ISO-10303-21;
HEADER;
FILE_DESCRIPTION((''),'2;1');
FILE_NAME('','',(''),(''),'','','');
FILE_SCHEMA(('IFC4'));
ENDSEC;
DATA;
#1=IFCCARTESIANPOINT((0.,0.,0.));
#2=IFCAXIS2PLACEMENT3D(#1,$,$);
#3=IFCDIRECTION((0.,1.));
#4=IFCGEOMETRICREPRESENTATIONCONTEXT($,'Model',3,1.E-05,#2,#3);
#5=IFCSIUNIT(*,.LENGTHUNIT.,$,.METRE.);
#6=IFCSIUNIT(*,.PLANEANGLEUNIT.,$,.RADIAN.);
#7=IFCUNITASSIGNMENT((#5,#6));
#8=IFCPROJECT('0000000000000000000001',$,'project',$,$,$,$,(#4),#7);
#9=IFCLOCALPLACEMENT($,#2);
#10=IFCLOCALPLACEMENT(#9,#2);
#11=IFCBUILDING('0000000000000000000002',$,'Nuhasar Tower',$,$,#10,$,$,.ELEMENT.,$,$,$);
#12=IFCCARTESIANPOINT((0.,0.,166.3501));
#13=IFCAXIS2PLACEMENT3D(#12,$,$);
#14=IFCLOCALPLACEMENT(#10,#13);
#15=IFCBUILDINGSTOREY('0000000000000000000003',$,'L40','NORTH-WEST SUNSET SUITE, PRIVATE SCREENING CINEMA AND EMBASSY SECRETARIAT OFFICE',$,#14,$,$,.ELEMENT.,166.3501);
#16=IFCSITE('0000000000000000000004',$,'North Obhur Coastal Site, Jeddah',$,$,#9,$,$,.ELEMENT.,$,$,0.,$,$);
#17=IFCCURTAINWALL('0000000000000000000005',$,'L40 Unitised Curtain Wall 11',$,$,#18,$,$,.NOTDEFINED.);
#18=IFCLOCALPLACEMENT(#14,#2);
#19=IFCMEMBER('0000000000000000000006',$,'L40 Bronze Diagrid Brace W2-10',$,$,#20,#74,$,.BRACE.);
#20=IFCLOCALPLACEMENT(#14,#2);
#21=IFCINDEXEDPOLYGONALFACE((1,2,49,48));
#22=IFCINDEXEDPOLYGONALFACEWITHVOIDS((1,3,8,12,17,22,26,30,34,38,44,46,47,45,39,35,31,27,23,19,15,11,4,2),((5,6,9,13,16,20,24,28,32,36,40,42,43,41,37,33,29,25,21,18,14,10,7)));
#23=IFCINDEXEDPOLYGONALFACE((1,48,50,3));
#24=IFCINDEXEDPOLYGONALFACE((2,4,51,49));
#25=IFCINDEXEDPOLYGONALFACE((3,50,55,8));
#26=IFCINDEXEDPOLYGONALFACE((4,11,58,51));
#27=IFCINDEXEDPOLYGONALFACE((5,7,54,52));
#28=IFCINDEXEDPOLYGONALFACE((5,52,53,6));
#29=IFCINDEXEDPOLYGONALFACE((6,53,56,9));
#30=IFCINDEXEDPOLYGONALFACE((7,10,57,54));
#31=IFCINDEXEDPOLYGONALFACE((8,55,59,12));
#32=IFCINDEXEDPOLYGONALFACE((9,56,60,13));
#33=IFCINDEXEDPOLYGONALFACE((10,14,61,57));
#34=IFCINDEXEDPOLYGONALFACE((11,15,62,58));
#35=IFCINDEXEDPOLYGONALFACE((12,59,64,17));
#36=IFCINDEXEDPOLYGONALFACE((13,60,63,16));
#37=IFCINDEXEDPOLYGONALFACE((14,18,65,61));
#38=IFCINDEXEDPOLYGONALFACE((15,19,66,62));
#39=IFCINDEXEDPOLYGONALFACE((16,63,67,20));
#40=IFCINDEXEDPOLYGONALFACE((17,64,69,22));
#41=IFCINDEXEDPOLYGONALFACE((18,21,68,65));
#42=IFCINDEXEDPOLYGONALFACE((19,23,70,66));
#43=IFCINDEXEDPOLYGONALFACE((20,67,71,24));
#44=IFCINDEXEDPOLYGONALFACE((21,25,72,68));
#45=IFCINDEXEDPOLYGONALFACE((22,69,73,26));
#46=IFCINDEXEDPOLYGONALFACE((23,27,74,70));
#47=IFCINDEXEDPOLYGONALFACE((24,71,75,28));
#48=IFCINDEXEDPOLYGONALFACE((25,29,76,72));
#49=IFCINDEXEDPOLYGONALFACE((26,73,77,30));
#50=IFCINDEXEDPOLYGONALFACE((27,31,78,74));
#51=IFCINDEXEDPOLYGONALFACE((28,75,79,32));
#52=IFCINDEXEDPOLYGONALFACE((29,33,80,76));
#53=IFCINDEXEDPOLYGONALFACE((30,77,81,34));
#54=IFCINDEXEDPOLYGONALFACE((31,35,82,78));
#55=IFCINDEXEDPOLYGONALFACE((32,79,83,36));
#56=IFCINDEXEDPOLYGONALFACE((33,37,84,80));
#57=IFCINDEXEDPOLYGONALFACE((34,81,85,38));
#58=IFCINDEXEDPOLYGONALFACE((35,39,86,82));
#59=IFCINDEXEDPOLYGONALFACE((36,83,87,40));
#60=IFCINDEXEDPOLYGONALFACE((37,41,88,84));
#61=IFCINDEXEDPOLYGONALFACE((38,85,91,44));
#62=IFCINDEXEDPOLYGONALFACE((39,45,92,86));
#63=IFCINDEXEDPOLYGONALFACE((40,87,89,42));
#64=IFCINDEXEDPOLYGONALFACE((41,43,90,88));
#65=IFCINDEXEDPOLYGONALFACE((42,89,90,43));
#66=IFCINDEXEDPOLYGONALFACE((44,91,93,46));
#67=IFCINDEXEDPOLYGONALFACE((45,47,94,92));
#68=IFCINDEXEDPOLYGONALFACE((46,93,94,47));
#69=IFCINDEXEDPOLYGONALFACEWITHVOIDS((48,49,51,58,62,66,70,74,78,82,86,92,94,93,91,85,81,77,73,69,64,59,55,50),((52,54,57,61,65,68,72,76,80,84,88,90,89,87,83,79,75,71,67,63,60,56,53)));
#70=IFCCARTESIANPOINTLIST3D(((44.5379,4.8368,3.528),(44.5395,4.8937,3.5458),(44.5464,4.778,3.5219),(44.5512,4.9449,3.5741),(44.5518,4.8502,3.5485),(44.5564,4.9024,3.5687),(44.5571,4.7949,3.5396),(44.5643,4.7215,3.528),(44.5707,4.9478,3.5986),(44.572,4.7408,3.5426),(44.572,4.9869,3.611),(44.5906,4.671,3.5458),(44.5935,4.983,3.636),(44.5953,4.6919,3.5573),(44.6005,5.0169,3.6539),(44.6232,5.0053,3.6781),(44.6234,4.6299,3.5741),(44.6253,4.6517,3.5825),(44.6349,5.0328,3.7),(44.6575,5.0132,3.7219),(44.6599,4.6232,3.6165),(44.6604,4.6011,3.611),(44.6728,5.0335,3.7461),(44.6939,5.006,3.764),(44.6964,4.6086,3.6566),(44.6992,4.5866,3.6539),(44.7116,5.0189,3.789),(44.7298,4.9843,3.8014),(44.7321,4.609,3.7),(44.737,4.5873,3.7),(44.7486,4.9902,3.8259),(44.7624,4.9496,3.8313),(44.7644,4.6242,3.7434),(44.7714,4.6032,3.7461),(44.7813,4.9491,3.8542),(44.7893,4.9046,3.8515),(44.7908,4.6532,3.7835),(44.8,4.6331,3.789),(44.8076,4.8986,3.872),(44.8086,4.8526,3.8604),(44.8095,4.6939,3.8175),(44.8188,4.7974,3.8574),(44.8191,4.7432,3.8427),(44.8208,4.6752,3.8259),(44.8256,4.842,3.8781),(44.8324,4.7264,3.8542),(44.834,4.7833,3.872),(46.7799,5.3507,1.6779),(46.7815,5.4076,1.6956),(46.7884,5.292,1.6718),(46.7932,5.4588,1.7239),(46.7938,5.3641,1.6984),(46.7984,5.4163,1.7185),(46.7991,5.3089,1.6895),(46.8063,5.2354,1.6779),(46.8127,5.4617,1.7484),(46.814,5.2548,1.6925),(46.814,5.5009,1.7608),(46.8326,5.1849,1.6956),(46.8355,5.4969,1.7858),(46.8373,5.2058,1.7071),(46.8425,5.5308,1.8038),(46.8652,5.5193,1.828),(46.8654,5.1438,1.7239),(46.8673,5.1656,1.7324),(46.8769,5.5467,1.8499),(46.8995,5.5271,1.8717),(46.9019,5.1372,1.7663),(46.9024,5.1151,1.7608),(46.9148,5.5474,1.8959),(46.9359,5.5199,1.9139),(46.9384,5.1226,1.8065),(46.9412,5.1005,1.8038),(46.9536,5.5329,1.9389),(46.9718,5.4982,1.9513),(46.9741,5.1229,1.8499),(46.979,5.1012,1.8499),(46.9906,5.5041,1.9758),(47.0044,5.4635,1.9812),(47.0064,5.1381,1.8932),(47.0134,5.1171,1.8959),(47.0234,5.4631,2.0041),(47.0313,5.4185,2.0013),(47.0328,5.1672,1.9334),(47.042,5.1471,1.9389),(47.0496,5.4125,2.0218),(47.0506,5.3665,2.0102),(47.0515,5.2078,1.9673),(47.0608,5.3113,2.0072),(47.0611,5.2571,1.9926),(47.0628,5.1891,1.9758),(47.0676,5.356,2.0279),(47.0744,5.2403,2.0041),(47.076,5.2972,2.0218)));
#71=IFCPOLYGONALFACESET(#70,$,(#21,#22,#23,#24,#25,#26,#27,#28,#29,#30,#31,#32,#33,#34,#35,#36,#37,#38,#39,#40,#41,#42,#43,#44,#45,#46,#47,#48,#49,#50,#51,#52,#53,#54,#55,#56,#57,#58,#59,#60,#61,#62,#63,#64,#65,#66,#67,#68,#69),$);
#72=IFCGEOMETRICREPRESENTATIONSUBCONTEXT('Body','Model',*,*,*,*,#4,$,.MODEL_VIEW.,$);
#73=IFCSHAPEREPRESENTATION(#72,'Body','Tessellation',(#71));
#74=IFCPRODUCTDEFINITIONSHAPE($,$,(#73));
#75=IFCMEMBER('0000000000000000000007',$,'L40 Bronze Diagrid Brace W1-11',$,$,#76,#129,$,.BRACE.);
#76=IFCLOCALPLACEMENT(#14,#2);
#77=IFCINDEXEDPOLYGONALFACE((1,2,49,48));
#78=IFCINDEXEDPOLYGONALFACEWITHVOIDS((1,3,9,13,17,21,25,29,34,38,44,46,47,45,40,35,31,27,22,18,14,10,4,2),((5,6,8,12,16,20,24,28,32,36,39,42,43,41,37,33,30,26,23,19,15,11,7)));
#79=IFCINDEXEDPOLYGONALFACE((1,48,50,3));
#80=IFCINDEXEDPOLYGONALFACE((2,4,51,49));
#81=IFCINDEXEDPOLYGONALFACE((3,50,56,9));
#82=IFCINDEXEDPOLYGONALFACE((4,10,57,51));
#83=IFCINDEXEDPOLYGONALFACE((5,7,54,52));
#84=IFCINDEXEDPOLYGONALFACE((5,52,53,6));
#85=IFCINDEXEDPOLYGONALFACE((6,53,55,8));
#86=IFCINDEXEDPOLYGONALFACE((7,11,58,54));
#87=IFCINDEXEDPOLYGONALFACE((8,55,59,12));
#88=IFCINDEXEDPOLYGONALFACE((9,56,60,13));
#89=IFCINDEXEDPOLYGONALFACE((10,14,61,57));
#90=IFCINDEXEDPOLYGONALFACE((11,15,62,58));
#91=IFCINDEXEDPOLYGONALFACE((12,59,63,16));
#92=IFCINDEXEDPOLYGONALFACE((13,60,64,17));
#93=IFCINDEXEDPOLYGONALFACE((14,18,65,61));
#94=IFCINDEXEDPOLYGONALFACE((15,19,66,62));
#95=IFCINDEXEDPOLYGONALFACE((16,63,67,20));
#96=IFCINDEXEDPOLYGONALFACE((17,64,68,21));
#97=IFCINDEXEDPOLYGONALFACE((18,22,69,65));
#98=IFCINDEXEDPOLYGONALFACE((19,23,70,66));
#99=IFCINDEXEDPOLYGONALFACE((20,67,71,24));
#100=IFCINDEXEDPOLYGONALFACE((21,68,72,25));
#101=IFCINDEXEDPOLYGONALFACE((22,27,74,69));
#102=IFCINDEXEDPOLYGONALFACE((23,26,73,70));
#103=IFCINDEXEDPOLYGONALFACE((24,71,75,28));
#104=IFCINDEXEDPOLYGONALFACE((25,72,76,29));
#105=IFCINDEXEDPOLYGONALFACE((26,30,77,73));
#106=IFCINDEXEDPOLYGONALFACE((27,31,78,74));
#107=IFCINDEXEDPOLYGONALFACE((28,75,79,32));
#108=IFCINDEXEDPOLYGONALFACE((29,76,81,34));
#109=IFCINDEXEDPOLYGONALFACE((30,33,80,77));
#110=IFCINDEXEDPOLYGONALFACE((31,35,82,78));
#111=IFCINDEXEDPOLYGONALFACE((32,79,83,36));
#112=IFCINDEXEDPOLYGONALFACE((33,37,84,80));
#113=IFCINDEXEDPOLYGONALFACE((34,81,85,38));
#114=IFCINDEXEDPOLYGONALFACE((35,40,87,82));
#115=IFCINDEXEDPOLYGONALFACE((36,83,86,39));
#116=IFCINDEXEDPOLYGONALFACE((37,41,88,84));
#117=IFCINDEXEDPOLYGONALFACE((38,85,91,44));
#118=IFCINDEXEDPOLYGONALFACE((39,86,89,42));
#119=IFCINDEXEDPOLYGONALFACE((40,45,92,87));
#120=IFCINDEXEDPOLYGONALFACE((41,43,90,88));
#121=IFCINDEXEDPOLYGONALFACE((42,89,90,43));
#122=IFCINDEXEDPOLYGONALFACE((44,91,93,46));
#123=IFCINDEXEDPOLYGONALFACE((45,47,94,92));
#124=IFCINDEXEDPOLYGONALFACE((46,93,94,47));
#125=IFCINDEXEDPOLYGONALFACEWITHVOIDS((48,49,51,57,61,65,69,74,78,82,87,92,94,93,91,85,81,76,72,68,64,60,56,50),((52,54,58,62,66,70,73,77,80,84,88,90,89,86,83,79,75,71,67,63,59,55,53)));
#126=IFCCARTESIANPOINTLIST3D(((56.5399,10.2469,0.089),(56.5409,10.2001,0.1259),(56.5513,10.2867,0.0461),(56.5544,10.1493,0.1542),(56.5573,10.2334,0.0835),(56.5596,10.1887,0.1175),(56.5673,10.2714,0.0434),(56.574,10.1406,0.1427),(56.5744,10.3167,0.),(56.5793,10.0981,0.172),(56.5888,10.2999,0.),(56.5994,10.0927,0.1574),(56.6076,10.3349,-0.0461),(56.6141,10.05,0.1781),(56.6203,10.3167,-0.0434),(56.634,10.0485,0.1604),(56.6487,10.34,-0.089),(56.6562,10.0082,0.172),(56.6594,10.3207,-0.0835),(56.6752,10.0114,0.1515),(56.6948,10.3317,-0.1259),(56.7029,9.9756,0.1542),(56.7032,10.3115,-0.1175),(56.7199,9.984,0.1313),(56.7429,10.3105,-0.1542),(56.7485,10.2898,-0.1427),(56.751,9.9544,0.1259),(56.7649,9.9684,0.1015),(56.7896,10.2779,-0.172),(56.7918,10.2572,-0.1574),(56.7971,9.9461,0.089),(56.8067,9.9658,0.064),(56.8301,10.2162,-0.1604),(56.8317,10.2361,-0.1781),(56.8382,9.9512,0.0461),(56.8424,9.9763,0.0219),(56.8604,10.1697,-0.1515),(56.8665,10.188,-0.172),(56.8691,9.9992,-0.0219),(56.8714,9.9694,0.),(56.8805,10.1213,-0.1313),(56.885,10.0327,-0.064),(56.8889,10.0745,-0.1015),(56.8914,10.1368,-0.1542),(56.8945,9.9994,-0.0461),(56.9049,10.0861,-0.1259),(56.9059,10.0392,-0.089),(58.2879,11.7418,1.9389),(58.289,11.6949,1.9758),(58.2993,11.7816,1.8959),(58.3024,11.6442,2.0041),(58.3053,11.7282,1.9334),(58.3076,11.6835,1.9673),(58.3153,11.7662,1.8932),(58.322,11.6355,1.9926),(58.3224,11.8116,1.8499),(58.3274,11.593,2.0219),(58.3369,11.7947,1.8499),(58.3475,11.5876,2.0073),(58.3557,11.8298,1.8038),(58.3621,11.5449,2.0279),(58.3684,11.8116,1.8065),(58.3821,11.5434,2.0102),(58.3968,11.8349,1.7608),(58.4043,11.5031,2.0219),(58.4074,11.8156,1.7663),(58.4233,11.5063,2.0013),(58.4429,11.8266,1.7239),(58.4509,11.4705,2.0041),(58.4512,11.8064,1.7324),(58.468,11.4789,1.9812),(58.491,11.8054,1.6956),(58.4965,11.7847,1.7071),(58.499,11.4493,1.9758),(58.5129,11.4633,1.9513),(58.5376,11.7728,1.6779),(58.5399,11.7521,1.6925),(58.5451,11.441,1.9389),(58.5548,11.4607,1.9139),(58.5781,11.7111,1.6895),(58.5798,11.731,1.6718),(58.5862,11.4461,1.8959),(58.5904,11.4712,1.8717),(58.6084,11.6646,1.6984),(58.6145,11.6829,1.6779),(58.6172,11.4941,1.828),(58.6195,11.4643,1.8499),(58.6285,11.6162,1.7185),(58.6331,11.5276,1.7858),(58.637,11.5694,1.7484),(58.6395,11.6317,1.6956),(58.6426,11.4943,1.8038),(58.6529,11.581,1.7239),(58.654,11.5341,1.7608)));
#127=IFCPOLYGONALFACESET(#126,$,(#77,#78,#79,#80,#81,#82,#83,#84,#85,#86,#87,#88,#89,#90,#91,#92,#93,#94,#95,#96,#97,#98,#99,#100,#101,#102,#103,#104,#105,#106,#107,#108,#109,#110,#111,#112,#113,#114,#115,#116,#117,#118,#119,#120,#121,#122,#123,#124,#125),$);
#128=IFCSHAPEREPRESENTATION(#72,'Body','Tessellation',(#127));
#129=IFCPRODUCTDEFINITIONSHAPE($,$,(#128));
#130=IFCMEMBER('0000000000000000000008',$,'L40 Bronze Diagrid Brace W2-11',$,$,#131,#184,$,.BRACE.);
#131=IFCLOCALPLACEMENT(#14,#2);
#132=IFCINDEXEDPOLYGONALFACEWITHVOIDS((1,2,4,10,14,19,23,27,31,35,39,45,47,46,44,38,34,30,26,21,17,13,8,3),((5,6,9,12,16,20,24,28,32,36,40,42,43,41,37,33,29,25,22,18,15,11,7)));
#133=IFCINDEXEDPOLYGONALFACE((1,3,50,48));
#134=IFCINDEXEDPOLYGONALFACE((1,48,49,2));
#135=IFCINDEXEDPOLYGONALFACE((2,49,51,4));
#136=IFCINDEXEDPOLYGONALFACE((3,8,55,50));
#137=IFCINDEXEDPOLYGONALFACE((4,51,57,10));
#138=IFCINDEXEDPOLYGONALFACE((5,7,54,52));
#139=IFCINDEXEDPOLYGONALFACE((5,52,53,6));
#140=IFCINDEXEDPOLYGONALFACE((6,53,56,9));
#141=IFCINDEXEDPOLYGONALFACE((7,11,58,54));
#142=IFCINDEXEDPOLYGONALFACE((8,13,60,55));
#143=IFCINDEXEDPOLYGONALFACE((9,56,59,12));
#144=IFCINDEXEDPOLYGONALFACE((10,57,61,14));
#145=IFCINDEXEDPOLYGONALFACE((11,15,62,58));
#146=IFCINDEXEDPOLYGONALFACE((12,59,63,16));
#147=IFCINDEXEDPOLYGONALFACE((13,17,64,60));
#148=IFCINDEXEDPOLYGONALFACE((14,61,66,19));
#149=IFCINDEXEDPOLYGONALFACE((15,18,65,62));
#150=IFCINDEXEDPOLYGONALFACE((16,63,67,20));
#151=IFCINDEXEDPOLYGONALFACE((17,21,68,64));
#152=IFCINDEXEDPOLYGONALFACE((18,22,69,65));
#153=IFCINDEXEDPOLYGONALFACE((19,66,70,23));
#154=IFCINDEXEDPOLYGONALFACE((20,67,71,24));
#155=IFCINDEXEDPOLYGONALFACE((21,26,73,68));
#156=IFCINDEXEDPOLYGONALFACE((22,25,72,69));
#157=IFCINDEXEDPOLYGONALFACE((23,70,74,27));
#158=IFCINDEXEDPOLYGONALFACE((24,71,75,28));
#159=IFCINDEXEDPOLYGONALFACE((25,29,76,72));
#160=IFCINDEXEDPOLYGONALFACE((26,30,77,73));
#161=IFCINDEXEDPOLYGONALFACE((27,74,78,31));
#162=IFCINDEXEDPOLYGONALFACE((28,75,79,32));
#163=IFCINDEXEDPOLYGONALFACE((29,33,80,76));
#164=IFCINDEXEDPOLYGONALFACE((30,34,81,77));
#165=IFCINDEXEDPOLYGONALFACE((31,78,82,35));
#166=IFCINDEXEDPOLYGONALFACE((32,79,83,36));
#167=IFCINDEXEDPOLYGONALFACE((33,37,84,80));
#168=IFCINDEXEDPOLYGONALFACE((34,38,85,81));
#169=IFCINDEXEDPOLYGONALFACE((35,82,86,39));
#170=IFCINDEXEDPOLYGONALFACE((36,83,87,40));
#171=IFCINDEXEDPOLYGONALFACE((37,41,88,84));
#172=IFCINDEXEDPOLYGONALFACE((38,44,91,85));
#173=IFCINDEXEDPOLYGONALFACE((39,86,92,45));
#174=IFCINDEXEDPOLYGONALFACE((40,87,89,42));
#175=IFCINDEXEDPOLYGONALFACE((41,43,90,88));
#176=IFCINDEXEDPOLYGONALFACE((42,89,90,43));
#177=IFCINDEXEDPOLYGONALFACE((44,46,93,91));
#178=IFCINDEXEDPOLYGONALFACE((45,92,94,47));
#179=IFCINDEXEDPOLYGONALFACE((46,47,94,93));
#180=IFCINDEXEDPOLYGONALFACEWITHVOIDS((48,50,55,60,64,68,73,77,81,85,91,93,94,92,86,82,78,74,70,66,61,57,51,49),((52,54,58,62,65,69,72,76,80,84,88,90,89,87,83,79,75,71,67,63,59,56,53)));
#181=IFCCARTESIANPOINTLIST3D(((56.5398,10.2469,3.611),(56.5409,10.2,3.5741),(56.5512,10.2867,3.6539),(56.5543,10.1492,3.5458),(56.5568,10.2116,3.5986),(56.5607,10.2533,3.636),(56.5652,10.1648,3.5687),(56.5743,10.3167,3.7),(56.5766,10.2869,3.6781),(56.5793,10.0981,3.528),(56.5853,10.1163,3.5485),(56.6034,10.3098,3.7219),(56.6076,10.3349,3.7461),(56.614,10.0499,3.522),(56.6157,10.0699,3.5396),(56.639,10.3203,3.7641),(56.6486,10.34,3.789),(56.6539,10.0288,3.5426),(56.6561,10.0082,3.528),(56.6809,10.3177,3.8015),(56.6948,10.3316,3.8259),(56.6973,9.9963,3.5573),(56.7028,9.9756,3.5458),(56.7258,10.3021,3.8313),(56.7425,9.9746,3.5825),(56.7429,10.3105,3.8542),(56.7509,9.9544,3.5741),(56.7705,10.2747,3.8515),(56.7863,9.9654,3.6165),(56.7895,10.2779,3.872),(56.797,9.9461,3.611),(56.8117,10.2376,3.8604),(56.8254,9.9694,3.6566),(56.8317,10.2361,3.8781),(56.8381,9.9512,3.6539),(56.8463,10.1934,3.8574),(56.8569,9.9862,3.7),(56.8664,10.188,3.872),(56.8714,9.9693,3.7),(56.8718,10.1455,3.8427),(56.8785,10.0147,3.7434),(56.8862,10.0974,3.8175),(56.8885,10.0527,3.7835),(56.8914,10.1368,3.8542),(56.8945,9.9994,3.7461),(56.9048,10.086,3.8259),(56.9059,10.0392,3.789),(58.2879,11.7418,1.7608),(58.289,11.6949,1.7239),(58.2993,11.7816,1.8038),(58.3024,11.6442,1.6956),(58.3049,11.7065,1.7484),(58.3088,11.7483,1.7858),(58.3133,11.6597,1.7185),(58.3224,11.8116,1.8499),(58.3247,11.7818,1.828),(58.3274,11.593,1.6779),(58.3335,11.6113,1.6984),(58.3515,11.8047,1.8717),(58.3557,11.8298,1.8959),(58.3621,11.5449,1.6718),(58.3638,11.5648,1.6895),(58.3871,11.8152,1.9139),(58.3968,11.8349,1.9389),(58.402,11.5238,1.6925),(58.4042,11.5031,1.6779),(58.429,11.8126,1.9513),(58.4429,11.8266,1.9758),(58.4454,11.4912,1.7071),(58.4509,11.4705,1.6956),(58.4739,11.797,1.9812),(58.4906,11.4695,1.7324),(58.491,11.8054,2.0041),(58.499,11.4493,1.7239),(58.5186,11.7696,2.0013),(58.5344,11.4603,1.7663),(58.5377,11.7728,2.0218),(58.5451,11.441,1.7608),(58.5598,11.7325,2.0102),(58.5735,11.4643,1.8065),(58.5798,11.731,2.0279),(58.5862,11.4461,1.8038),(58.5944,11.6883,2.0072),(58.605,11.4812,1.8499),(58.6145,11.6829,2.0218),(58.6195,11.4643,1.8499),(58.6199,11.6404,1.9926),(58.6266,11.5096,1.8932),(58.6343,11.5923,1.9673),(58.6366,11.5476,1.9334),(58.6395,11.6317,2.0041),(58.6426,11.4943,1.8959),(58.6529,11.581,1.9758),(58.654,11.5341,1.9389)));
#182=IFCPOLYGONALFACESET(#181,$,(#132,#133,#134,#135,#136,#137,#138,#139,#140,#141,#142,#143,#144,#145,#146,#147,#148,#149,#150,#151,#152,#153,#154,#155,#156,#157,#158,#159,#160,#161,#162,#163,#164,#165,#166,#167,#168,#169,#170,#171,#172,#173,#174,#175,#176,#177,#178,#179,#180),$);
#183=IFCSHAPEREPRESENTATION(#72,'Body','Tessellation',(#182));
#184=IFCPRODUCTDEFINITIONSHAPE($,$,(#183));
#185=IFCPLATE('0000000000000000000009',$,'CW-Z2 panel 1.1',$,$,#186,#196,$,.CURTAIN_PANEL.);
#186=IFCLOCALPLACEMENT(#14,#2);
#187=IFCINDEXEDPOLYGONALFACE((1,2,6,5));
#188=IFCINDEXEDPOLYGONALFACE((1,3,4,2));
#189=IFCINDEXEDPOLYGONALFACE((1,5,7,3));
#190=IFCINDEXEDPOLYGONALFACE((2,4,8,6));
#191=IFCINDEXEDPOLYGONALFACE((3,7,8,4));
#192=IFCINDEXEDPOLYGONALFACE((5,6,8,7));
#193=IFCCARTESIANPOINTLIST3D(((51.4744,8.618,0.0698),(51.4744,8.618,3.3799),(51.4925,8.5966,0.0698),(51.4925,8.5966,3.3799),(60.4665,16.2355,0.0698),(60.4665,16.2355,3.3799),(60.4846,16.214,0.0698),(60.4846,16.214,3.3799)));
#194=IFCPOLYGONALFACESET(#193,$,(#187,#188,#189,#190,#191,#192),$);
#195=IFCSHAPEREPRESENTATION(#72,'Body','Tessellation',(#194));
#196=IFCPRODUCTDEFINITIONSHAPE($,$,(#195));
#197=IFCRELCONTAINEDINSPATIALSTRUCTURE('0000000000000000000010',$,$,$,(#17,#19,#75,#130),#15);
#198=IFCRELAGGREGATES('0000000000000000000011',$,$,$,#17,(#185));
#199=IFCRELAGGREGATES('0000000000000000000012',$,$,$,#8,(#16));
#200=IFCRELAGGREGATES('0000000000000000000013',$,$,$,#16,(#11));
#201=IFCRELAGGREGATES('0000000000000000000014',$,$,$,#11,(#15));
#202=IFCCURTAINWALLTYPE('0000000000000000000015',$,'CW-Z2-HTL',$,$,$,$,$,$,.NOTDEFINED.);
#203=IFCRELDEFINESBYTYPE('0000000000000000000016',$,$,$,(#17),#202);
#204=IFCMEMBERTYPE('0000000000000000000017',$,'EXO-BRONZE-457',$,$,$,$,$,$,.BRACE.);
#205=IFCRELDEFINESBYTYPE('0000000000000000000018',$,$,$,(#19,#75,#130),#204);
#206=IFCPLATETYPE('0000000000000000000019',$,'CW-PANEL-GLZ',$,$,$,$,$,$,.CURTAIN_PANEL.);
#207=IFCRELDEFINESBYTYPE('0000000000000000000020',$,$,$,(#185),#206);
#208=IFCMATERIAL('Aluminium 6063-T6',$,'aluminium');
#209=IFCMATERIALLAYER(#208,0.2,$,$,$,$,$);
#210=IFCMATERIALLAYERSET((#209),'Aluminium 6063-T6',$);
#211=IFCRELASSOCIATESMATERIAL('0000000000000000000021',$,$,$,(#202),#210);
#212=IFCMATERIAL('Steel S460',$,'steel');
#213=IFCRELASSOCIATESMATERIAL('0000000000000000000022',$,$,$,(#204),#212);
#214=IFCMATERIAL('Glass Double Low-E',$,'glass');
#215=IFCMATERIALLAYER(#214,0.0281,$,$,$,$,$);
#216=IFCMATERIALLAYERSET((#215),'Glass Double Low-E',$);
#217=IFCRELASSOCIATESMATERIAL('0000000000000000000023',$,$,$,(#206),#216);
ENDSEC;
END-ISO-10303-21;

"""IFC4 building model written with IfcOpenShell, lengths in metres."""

from ifc_helpers import new_model, si_unit, direction, frame, origin, origin_2d, place, context, subcontext, project, spatial, rectangle, hollow_circle, extrude, material, layer, layer_set, material_profile, profile_set, type_object, element, aggregate, save


model = new_model("IFC4")

# Units and contexts
model_context = context("Model", 3, precision=1e-05, world=origin(), true_north=direction((0.0, 1.0)))
body_context = subcontext(model_context, "Body", "Model", "MODEL_VIEW")
ifc_project = project(units=[si_unit("LENGTHUNIT", "METRE"), si_unit("PLANEANGLEUNIT", "RADIAN")], contexts=[model_context])

# Site, building, storey
site_placement = place(None, origin())
site = spatial("IfcSite", under=ifc_project, at=site_placement, Name="North Obhur Coastal Site, Jeddah", CompositionType="ELEMENT", RefElevation=0.0)
building_placement = place(site_placement, origin())
building = spatial("IfcBuilding", under=site, at=building_placement, Name="Nuhasar Tower", CompositionType="ELEMENT")
storey_placement = place(building_placement, frame((0.0, 0.0, 166.3501)))
storey = spatial("IfcBuildingStorey", under=building, at=storey_placement, Name="L40", Description="NORTH-WEST SUNSET SUITE, PRIVATE SCREENING CINEMA AND EMBASSY SECRETARIAT OFFICE", CompositionType="ELEMENT", Elevation=166.3501)

# Shared definitions
ifc_material_1 = material(Name="Aluminium 6063-T6", Category="aluminium")
ifc_layer_1 = layer(ifc_material_1, 0.2)
ifc_layer_set_1 = layer_set([ifc_layer_1], Name="Aluminium 6063-T6")
curtain_wall_type = type_object("IfcCurtainWallType", Name="CW-Z2-HTL", PredefinedType="NOTDEFINED", material=ifc_layer_set_1)

# Curtain wall
curtain_wall_1_placement = place(storey_placement, origin())
curtain_wall_1 = element("IfcCurtainWall", 1, at=curtain_wall_1_placement, inside=storey, type_object=curtain_wall_type, Name="L40 Unitised Curtain Wall 11", PredefinedType="NOTDEFINED")

# Members
ifc_material_2 = material(Name="Steel S460", Category="steel")
ifc_material_profile_1 = material_profile(ifc_material_2, hollow_circle(Radius=0.2285, WallThickness=0.0222, at=origin_2d()), Name="HSS457X22.2")
ifc_profile_set_1 = profile_set([ifc_material_profile_1], Name="Steel S460")
member_type_1 = type_object("IfcMemberType", Name="EXO-BRONZE-457", PredefinedType="BRACE", material=ifc_profile_set_1)
member_1_placement = place(storey_placement, frame((46.928, 5.324, 1.8499), z_axis=(-0.75951, -0.174101, 0.626764), x_axis=(0.223433, -0.974719, 0.0)))
element("IfcMember", 2, at=member_1_placement, inside=storey, type_object=member_type_1, Name="L40 Bronze Diagrid Brace W2-10", PredefinedType="BRACE", context=body_context, shape_type="SweptSolid", body=[
    extrude(hollow_circle(Radius=0.2285, WallThickness=0.0222, at=origin_2d()), origin(), (0.0, 0.0, 1.0), 2.9519),
])
member_2_placement = place(storey_placement, frame((56.7229, 10.1431, 0.0), z_axis=(0.592226, 0.506452, 0.626717), x_axis=(-0.649926, 0.759998, 0.0)))
element("IfcMember", 3, at=member_2_placement, inside=storey, type_object=member_type_1, Name="L40 Bronze Diagrid Brace W1-11", PredefinedType="BRACE", context=body_context, shape_type="SweptSolid", body=[
    extrude(hollow_circle(Radius=0.2285, WallThickness=0.0222, at=origin_2d()), origin(), (0.0, 0.0, 1.0), 2.9517),
])
member_3_placement = place(storey_placement, frame((58.4709, 11.6379, 1.8499), z_axis=(-0.592195, -0.506426, 0.626767), x_axis=(0.649926, -0.759998, 0.0)))
element("IfcMember", 4, at=member_3_placement, inside=storey, type_object=member_type_1, Name="L40 Bronze Diagrid Brace W2-11", PredefinedType="BRACE", context=body_context, shape_type="SweptSolid", body=[
    extrude(hollow_circle(Radius=0.2285, WallThickness=0.0222, at=origin_2d()), origin(), (0.0, 0.0, 1.0), 2.9519),
])

# Plate
ifc_material_3 = material(Name="Glass Double Low-E", Category="glass")
ifc_layer_2 = layer(ifc_material_3, 0.0281)
ifc_layer_set_2 = layer_set([ifc_layer_2], Name="Glass Double Low-E")
plate_type = type_object("IfcPlateType", Name="CW-PANEL-GLZ", PredefinedType="CURTAIN_PANEL", material=ifc_layer_set_2)
plate_placement = place(storey_placement, frame((55.9795, 12.416, 0.0698), z_axis=(0.0, 0.0, 1.0), x_axis=(0.76302, 0.646374, 0.0)))
plate = element("IfcPlate", 5, at=plate_placement, type_object=plate_type, Name="CW-Z2 panel 1.1", PredefinedType="CURTAIN_PANEL", context=body_context, shape_type="SweptSolid", body=[
    extrude(rectangle(XDim=11.7849, YDim=0.0281, at=origin_2d()), origin(), (0.0, 0.0, 1.0), 3.3101),
])
aggregate(curtain_wall_1, [plate])

save(model, "model.ifc")
